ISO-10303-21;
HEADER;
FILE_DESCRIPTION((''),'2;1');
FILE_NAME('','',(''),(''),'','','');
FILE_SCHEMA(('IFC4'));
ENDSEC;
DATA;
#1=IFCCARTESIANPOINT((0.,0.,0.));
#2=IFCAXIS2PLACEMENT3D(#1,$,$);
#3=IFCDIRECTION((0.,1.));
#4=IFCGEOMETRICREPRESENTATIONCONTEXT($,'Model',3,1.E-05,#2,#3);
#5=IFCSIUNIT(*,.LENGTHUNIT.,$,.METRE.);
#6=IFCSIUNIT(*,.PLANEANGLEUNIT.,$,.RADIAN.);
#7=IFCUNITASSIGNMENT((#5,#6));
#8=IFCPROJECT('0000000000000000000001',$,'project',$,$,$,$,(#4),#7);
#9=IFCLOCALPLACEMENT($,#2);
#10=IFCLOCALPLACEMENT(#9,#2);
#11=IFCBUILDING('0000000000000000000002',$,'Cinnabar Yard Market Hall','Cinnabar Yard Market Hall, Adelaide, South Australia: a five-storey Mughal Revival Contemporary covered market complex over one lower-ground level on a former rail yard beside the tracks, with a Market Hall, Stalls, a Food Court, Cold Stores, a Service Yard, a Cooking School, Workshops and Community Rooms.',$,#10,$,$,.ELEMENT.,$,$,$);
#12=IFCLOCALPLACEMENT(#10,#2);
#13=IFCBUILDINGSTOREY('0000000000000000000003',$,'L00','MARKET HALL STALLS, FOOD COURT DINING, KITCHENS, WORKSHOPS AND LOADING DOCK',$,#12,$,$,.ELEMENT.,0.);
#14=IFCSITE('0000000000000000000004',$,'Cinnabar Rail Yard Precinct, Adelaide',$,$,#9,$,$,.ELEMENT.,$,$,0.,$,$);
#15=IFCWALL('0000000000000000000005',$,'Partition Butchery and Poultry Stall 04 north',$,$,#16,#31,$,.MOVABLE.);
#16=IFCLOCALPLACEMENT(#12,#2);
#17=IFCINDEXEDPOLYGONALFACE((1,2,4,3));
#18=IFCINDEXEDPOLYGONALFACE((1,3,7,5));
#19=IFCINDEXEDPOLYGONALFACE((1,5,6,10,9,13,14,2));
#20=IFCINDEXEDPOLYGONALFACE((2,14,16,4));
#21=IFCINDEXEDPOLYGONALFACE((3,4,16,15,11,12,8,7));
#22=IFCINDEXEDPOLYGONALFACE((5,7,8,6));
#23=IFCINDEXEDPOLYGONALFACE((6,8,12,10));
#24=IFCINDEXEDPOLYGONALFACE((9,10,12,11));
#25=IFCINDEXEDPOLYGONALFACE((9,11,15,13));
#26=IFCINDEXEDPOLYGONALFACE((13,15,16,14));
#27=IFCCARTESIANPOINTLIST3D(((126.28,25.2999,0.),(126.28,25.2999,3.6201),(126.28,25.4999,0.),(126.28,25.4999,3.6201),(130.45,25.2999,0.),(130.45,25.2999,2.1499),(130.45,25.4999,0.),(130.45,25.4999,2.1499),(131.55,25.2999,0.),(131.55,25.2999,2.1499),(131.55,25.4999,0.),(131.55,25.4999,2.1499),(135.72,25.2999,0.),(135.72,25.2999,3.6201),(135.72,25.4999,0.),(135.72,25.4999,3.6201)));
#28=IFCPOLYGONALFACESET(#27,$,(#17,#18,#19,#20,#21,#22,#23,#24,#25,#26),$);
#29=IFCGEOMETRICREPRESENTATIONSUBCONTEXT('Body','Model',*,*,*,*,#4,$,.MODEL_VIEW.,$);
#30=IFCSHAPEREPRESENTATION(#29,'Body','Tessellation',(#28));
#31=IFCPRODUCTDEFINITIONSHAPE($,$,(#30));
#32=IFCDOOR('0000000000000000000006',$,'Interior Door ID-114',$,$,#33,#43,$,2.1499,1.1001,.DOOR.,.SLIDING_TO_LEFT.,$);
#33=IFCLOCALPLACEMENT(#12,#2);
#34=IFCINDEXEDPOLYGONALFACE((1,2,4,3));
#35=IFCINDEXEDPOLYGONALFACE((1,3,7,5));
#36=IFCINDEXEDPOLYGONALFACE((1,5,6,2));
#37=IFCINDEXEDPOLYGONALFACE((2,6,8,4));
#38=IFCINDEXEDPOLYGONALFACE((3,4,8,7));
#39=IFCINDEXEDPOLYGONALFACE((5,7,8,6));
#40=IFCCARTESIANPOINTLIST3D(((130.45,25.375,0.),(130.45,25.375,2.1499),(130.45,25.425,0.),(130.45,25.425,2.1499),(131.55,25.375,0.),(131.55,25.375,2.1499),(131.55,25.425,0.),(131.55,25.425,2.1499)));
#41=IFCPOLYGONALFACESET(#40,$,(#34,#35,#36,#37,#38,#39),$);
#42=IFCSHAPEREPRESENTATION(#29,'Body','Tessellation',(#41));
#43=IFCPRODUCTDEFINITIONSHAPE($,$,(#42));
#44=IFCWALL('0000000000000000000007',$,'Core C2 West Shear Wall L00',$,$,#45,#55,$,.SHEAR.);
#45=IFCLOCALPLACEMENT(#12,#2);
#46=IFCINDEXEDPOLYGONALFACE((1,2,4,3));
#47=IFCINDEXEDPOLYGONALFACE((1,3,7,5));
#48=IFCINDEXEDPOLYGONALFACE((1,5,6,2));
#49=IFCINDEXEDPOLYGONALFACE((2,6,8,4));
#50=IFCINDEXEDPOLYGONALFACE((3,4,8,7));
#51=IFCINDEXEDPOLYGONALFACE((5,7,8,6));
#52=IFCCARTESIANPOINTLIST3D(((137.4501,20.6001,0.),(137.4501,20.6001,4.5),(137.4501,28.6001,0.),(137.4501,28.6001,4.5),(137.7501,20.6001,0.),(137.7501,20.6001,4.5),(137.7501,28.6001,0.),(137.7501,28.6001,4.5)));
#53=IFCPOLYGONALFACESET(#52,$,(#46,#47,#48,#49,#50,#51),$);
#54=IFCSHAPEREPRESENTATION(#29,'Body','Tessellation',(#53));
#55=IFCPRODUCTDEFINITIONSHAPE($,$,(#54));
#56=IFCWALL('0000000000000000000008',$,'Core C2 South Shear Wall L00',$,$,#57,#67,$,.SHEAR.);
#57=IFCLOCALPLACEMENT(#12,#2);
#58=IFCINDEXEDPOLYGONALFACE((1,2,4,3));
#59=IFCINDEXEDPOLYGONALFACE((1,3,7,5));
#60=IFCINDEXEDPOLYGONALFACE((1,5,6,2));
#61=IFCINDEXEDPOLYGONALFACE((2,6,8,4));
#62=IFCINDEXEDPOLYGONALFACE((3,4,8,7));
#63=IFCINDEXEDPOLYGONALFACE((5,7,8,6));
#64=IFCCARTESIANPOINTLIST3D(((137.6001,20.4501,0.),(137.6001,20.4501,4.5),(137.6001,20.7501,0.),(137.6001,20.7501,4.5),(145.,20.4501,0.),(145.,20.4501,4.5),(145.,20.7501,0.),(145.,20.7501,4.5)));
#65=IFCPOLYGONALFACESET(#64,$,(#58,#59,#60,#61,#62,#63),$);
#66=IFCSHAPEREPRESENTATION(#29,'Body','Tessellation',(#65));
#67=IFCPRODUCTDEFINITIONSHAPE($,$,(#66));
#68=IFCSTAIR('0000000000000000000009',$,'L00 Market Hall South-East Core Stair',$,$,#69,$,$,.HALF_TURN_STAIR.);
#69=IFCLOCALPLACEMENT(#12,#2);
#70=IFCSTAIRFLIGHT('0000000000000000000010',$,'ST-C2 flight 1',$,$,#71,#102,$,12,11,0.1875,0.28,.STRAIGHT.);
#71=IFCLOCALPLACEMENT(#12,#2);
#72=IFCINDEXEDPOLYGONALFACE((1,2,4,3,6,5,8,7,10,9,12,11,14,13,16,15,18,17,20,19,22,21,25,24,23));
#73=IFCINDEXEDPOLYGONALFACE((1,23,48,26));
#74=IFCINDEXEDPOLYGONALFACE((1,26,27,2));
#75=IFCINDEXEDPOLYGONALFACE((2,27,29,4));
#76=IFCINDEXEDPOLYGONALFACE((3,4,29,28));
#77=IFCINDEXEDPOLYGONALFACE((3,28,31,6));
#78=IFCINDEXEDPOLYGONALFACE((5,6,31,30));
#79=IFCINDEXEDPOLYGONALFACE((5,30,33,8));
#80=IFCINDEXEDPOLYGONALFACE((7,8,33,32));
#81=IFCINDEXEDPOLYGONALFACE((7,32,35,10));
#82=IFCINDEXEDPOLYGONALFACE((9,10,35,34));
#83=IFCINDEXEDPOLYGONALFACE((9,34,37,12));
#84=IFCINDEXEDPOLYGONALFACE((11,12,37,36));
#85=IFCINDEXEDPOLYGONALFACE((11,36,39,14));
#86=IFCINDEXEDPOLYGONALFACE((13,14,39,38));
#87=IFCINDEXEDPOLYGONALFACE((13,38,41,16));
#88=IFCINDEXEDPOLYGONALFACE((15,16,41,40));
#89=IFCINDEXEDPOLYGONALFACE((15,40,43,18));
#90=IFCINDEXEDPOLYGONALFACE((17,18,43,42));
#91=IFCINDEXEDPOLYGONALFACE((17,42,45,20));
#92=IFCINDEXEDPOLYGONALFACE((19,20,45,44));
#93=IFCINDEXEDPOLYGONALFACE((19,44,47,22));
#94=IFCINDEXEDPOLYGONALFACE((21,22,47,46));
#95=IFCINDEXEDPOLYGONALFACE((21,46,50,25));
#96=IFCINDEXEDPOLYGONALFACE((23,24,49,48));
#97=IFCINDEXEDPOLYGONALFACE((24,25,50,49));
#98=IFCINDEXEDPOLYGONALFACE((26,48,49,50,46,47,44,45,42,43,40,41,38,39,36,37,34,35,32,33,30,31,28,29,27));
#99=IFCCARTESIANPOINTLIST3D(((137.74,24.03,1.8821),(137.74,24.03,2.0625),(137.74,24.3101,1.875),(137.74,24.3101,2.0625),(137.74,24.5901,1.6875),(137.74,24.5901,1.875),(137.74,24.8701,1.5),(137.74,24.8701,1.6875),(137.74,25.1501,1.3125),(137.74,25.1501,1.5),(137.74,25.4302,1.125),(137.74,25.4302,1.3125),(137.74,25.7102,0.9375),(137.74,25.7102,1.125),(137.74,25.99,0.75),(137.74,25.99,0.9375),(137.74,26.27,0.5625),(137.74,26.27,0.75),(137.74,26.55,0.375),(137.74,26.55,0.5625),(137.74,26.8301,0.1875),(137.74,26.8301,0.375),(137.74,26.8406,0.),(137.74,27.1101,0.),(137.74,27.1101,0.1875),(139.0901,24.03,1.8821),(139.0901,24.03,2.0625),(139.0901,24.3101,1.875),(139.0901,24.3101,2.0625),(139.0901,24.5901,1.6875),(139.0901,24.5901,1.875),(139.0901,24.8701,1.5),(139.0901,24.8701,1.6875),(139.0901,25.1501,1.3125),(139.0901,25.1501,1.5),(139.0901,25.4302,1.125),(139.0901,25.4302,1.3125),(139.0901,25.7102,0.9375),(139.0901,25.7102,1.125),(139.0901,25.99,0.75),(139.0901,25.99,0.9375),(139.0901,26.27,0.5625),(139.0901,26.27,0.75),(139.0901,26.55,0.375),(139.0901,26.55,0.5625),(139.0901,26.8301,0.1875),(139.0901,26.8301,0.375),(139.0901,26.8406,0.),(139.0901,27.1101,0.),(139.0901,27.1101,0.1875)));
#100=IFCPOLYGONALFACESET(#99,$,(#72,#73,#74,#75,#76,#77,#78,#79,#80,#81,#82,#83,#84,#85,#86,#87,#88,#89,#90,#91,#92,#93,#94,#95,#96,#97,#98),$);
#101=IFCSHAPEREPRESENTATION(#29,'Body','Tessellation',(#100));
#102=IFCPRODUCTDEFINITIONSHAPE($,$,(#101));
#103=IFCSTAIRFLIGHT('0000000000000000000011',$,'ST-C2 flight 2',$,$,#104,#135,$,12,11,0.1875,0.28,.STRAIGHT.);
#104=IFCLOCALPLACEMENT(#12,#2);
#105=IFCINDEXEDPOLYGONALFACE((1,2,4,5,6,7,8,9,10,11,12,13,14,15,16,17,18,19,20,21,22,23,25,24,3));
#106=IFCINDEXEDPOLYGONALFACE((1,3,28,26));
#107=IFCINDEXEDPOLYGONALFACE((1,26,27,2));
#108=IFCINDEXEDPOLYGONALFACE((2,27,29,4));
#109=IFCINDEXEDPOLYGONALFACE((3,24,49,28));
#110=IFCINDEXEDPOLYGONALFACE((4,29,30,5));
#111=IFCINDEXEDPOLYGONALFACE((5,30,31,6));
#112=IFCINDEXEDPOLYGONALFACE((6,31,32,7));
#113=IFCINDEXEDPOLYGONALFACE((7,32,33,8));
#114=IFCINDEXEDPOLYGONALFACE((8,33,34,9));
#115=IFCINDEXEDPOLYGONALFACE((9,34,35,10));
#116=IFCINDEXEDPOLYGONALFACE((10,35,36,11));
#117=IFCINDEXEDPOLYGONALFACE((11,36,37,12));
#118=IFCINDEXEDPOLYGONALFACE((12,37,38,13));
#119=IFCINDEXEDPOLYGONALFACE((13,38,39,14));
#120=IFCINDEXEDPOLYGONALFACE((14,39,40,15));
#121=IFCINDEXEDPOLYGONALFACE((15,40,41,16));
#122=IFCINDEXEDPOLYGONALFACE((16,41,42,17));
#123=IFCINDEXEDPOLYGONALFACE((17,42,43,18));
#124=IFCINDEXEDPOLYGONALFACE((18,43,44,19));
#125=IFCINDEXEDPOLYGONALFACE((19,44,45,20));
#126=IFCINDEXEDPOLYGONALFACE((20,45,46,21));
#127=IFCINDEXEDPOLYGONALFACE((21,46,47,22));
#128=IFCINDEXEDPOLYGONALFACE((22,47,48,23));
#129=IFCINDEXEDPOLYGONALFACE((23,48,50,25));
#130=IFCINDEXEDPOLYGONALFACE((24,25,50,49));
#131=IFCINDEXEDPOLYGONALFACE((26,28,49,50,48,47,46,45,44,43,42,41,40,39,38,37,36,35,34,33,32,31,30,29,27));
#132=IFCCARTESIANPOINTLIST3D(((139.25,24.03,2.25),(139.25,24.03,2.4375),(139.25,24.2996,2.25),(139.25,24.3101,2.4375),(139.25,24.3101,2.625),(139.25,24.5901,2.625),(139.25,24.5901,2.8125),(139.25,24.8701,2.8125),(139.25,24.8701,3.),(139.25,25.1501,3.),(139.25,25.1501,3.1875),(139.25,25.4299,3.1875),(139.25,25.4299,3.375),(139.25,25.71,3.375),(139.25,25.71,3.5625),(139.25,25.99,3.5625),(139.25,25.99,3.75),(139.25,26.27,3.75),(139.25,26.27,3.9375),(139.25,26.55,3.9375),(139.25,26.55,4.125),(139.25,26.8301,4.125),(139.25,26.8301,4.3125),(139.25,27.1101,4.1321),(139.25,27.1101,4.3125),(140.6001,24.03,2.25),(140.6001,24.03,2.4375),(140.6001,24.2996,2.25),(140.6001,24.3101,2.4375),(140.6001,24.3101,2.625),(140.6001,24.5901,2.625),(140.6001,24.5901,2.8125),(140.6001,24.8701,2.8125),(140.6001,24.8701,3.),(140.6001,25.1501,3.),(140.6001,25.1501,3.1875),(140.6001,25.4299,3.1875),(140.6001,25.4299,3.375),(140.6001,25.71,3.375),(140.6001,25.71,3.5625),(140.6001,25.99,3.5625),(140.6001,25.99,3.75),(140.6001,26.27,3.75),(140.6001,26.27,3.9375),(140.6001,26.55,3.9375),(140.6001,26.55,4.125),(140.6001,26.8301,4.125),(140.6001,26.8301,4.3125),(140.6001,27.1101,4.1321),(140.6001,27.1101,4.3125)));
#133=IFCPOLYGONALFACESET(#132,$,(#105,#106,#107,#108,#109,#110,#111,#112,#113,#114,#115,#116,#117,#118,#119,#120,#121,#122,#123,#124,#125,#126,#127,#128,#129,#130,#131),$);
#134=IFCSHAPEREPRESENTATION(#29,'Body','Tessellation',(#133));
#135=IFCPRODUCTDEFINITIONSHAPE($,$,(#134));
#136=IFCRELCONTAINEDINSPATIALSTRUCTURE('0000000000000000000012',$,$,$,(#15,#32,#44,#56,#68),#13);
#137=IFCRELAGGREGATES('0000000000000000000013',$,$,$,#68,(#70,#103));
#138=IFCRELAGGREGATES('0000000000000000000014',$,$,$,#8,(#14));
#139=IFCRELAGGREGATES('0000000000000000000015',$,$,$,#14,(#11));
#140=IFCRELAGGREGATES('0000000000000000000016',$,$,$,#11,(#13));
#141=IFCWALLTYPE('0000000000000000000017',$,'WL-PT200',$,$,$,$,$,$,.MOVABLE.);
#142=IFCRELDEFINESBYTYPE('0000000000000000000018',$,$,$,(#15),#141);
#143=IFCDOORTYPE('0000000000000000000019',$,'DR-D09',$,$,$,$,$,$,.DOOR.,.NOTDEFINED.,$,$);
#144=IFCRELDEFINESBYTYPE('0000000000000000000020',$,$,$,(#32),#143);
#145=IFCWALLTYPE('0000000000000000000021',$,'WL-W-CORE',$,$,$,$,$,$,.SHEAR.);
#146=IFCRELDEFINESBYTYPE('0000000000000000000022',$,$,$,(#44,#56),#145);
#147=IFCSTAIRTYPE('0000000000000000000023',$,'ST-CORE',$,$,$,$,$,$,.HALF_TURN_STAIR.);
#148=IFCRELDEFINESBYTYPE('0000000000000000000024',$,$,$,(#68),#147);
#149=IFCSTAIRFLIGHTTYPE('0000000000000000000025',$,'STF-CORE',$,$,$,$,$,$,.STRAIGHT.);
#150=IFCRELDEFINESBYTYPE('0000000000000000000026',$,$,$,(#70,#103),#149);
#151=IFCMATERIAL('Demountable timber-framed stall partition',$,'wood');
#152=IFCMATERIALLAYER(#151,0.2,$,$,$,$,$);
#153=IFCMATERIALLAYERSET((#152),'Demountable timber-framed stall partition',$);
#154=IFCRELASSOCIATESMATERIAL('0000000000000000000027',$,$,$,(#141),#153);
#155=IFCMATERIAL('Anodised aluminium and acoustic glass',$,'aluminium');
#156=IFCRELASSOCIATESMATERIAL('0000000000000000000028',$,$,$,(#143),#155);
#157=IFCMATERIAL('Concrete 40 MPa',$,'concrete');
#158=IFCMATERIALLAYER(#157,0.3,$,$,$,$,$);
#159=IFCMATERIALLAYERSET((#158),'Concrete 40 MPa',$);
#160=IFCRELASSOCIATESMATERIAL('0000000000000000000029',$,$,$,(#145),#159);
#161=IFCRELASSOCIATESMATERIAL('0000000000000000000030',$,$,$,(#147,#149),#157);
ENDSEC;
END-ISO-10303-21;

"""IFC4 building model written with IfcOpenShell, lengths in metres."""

from ifc_helpers import new_model, si_unit, direction, frame, frame_2d, origin, place, context, subcontext, project, spatial, polyline, rectangle, outline, extrude, material, layer, layer_set, type_object, element, fill, aggregate, save


model = new_model("IFC4")

# Units and contexts
model_context = context("Model", 3, precision=1e-05, world=origin(), true_north=direction((0.0, 1.0)))
body_context = subcontext(model_context, "Body", "Model", "MODEL_VIEW")
ifc_project = project(units=[si_unit("LENGTHUNIT", "METRE"), si_unit("PLANEANGLEUNIT", "RADIAN")], contexts=[model_context])

# Site, building, storey
site_placement = place(None, origin())
site = spatial("IfcSite", under=ifc_project, at=site_placement, Name="Cinnabar Rail Yard Precinct, Adelaide", CompositionType="ELEMENT", RefElevation=0.0)
building_placement = place(site_placement, origin())
building = spatial("IfcBuilding", under=site, at=building_placement, Name="Cinnabar Yard Market Hall", Description="Cinnabar Yard Market Hall, Adelaide, South Australia: a five-storey Mughal Revival Contemporary covered market complex over one lower-ground level on a former rail yard beside the tracks, with a Market Hall, Stalls, a Food Court, Cold Stores, a Service Yard, a Cooking School, Workshops and Community Rooms.", CompositionType="ELEMENT")
storey_placement = place(building_placement, origin())
storey = spatial("IfcBuildingStorey", under=building, at=storey_placement, Name="L00", Description="MARKET HALL STALLS, FOOD COURT DINING, KITCHENS, WORKSHOPS AND LOADING DOCK", CompositionType="ELEMENT", Elevation=0.0)

# Wall, opening, door
ifc_material_1 = material(Name="Demountable timber-framed stall partition", Category="wood")
ifc_layer_1 = layer(ifc_material_1, 0.2)
ifc_layer_set_1 = layer_set([ifc_layer_1], Name="Demountable timber-framed stall partition")
wall_type_1 = type_object("IfcWallType", Name="WL-PT200", PredefinedType="MOVABLE", material=ifc_layer_set_1)
wall_1_placement = place(storey_placement, frame((135.72, 25.3999, 0.0), z_axis=(0.0, 0.0, 1.0), x_axis=(-1.0, 0.0, 0.0)))
wall_1 = element("IfcWall", 1, at=wall_1_placement, inside=storey, type_object=wall_type_1, Name="Partition Butchery and Poultry Stall 04 north", PredefinedType="MOVABLE", context=body_context, shape_type="SweptSolid", body=[
    extrude(rectangle(XDim=9.4399, YDim=0.2, at=frame_2d((4.72, 0.0), x_axis=(1.0, 0.0))), origin(), (0.0, 0.0, 1.0), 3.6201),
])
opening_placement = place(wall_1_placement, frame((4.1699, 0.0, 0.0)))
opening = element("IfcOpeningElement", 2, at=opening_placement, cuts=wall_1, PredefinedType="OPENING", context=body_context, shape_type="SweptSolid", body=[
    extrude(rectangle(XDim=1.1001, YDim=2.1499, at=frame_2d((0.55, 1.075), x_axis=(1.0, 0.0))), frame((0.0, 0.1099, 0.0), z_axis=(0.0, -1.0, 0.0), x_axis=(1.0, 0.0, 0.0)), (0.0, 0.0, 1.0), 0.22),
])
ifc_material_2 = material(Name="Anodised aluminium and acoustic glass", Category="aluminium")
door_type = type_object("IfcDoorType", Name="DR-D09", OperationType="NOTDEFINED", PredefinedType="DOOR", material=ifc_material_2)
door_placement = place(opening_placement, origin())
door = element("IfcDoor", 3, at=door_placement, inside=storey, type_object=door_type, Name="Interior Door ID-114", OperationType="SLIDING_TO_LEFT", OverallHeight=2.1499, OverallWidth=1.1001, PredefinedType="DOOR", context=body_context, shape_type="SweptSolid", body=[
    extrude(rectangle(XDim=1.1001, YDim=2.1499, at=frame_2d((0.55, 1.075), x_axis=(1.0, 0.0))), frame((0.0, 0.0249, 0.0), z_axis=(0.0, -1.0, 0.0), x_axis=(1.0, 0.0, 0.0)), (0.0, 0.0, 1.0), 0.05),
])
fill(opening, door)

# Walls
ifc_material_3 = material(Name="Concrete 40 MPa", Category="concrete")
ifc_layer_2 = layer(ifc_material_3, 0.3)
ifc_layer_set_2 = layer_set([ifc_layer_2], Name="Concrete 40 MPa")
wall_type_2 = type_object("IfcWallType", Name="WL-W-CORE", PredefinedType="SHEAR", material=ifc_layer_set_2)
wall_2_placement = place(storey_placement, frame((137.6001, 28.6001, 0.0), z_axis=(0.0, 0.0, 1.0), x_axis=(0.0, -1.0, 0.0)))
element("IfcWall", 4, at=wall_2_placement, inside=storey, type_object=wall_type_2, Name="Core C2 West Shear Wall L00", PredefinedType="SHEAR", context=body_context, shape_type="SweptSolid", body=[
    extrude(rectangle(XDim=8.0, YDim=0.3, at=frame_2d((4.0, 0.0), x_axis=(1.0, 0.0))), origin(), (0.0, 0.0, 1.0), 4.5),
])
wall_3_placement = place(storey_placement, frame((137.6001, 20.6001, 0.0), z_axis=(0.0, 0.0, 1.0), x_axis=(1.0, 0.0, 0.0)))
element("IfcWall", 5, at=wall_3_placement, inside=storey, type_object=wall_type_2, Name="Core C2 South Shear Wall L00", PredefinedType="SHEAR", context=body_context, shape_type="SweptSolid", body=[
    extrude(rectangle(XDim=7.3999, YDim=0.3, at=frame_2d((3.7, 0.0), x_axis=(1.0, 0.0))), origin(), (0.0, 0.0, 1.0), 4.5),
])

# Stair, stair flights
stair_type = type_object("IfcStairType", Name="ST-CORE", PredefinedType="HALF_TURN_STAIR", material=ifc_material_3)
stair_placement = place(storey_placement, origin())
stair = element("IfcStair", 6, at=stair_placement, inside=storey, type_object=stair_type, Name="L00 Market Hall South-East Core Stair", PredefinedType="HALF_TURN_STAIR")
stair_flight_type = type_object("IfcStairFlightType", Name="STF-CORE", PredefinedType="STRAIGHT", material=ifc_material_3)
stair_flight_1_placement = place(storey_placement, frame((138.415, 27.1101, 0.0), z_axis=(0.0, 0.0, 1.0), x_axis=(0.0, -1.0, 0.0)))
stair_flight_1 = element("IfcStairFlight", 7, at=stair_flight_1_placement, type_object=stair_flight_type, Name="ST-C2 flight 1", NumberOfRisers=12, NumberOfTreads=11, PredefinedType="STRAIGHT", RiserHeight=0.1875, TreadLength=0.28, context=body_context, shape_type="SweptSolid", body=[
    extrude(outline(polyline([(0.0, 0.0), (0.0, 0.1875), (0.28, 0.1875), (0.28, 0.375), (0.5601, 0.375), (0.5601, 0.5625), (0.8401, 0.5625), (0.8401, 0.75), (1.1201, 0.75), (1.1201, 0.9375), (1.3999, 0.9375), (1.3999, 1.125), (1.6799, 1.125), (1.6799, 1.3125), (1.96, 1.3125), (1.96, 1.5), (2.24, 1.5), (2.24, 1.6875), (2.52, 1.6875), (2.52, 1.875), (2.8, 1.875), (2.8, 2.0625), (3.0801, 2.0625), (3.0801, 2.25), (3.0801, 1.8821), (0.2695, 0.0), (0.0, 0.0)])), frame((0.0, 0.675, 0.0), z_axis=(0.0, -1.0, 0.0), x_axis=(1.0, 0.0, 0.0)), (0.0, 0.0, 1.0), 1.3501),
])
stair_flight_2_placement = place(storey_placement, frame((139.925, 24.03, 2.25), z_axis=(0.0, 0.0, 1.0), x_axis=(0.0, 1.0, 0.0)))
stair_flight_2 = element("IfcStairFlight", 8, at=stair_flight_2_placement, type_object=stair_flight_type, Name="ST-C2 flight 2", NumberOfRisers=12, NumberOfTreads=11, PredefinedType="STRAIGHT", RiserHeight=0.1875, TreadLength=0.28, context=body_context, shape_type="SweptSolid", body=[
    extrude(outline(polyline([(0.0, 0.0), (0.0, 0.1875), (0.28, 0.1875), (0.28, 0.375), (0.5601, 0.375), (0.5601, 0.5625), (0.8401, 0.5625), (0.8401, 0.75), (1.1201, 0.75), (1.1201, 0.9375), (1.3999, 0.9375), (1.3999, 1.125), (1.6799, 1.125), (1.6799, 1.3125), (1.96, 1.3125), (1.96, 1.5), (2.24, 1.5), (2.24, 1.6875), (2.52, 1.6875), (2.52, 1.875), (2.8, 1.875), (2.8, 2.0625), (3.0801, 2.0625), (3.0801, 2.25), (3.0801, 1.8821), (0.2695, 0.0), (0.0, 0.0)])), frame((0.0, 0.675, 0.0), z_axis=(0.0, -1.0, 0.0), x_axis=(1.0, 0.0, 0.0)), (0.0, 0.0, 1.0), 1.3501),
])
aggregate(stair, [stair_flight_1, stair_flight_2])

save(model, "model.ifc")
